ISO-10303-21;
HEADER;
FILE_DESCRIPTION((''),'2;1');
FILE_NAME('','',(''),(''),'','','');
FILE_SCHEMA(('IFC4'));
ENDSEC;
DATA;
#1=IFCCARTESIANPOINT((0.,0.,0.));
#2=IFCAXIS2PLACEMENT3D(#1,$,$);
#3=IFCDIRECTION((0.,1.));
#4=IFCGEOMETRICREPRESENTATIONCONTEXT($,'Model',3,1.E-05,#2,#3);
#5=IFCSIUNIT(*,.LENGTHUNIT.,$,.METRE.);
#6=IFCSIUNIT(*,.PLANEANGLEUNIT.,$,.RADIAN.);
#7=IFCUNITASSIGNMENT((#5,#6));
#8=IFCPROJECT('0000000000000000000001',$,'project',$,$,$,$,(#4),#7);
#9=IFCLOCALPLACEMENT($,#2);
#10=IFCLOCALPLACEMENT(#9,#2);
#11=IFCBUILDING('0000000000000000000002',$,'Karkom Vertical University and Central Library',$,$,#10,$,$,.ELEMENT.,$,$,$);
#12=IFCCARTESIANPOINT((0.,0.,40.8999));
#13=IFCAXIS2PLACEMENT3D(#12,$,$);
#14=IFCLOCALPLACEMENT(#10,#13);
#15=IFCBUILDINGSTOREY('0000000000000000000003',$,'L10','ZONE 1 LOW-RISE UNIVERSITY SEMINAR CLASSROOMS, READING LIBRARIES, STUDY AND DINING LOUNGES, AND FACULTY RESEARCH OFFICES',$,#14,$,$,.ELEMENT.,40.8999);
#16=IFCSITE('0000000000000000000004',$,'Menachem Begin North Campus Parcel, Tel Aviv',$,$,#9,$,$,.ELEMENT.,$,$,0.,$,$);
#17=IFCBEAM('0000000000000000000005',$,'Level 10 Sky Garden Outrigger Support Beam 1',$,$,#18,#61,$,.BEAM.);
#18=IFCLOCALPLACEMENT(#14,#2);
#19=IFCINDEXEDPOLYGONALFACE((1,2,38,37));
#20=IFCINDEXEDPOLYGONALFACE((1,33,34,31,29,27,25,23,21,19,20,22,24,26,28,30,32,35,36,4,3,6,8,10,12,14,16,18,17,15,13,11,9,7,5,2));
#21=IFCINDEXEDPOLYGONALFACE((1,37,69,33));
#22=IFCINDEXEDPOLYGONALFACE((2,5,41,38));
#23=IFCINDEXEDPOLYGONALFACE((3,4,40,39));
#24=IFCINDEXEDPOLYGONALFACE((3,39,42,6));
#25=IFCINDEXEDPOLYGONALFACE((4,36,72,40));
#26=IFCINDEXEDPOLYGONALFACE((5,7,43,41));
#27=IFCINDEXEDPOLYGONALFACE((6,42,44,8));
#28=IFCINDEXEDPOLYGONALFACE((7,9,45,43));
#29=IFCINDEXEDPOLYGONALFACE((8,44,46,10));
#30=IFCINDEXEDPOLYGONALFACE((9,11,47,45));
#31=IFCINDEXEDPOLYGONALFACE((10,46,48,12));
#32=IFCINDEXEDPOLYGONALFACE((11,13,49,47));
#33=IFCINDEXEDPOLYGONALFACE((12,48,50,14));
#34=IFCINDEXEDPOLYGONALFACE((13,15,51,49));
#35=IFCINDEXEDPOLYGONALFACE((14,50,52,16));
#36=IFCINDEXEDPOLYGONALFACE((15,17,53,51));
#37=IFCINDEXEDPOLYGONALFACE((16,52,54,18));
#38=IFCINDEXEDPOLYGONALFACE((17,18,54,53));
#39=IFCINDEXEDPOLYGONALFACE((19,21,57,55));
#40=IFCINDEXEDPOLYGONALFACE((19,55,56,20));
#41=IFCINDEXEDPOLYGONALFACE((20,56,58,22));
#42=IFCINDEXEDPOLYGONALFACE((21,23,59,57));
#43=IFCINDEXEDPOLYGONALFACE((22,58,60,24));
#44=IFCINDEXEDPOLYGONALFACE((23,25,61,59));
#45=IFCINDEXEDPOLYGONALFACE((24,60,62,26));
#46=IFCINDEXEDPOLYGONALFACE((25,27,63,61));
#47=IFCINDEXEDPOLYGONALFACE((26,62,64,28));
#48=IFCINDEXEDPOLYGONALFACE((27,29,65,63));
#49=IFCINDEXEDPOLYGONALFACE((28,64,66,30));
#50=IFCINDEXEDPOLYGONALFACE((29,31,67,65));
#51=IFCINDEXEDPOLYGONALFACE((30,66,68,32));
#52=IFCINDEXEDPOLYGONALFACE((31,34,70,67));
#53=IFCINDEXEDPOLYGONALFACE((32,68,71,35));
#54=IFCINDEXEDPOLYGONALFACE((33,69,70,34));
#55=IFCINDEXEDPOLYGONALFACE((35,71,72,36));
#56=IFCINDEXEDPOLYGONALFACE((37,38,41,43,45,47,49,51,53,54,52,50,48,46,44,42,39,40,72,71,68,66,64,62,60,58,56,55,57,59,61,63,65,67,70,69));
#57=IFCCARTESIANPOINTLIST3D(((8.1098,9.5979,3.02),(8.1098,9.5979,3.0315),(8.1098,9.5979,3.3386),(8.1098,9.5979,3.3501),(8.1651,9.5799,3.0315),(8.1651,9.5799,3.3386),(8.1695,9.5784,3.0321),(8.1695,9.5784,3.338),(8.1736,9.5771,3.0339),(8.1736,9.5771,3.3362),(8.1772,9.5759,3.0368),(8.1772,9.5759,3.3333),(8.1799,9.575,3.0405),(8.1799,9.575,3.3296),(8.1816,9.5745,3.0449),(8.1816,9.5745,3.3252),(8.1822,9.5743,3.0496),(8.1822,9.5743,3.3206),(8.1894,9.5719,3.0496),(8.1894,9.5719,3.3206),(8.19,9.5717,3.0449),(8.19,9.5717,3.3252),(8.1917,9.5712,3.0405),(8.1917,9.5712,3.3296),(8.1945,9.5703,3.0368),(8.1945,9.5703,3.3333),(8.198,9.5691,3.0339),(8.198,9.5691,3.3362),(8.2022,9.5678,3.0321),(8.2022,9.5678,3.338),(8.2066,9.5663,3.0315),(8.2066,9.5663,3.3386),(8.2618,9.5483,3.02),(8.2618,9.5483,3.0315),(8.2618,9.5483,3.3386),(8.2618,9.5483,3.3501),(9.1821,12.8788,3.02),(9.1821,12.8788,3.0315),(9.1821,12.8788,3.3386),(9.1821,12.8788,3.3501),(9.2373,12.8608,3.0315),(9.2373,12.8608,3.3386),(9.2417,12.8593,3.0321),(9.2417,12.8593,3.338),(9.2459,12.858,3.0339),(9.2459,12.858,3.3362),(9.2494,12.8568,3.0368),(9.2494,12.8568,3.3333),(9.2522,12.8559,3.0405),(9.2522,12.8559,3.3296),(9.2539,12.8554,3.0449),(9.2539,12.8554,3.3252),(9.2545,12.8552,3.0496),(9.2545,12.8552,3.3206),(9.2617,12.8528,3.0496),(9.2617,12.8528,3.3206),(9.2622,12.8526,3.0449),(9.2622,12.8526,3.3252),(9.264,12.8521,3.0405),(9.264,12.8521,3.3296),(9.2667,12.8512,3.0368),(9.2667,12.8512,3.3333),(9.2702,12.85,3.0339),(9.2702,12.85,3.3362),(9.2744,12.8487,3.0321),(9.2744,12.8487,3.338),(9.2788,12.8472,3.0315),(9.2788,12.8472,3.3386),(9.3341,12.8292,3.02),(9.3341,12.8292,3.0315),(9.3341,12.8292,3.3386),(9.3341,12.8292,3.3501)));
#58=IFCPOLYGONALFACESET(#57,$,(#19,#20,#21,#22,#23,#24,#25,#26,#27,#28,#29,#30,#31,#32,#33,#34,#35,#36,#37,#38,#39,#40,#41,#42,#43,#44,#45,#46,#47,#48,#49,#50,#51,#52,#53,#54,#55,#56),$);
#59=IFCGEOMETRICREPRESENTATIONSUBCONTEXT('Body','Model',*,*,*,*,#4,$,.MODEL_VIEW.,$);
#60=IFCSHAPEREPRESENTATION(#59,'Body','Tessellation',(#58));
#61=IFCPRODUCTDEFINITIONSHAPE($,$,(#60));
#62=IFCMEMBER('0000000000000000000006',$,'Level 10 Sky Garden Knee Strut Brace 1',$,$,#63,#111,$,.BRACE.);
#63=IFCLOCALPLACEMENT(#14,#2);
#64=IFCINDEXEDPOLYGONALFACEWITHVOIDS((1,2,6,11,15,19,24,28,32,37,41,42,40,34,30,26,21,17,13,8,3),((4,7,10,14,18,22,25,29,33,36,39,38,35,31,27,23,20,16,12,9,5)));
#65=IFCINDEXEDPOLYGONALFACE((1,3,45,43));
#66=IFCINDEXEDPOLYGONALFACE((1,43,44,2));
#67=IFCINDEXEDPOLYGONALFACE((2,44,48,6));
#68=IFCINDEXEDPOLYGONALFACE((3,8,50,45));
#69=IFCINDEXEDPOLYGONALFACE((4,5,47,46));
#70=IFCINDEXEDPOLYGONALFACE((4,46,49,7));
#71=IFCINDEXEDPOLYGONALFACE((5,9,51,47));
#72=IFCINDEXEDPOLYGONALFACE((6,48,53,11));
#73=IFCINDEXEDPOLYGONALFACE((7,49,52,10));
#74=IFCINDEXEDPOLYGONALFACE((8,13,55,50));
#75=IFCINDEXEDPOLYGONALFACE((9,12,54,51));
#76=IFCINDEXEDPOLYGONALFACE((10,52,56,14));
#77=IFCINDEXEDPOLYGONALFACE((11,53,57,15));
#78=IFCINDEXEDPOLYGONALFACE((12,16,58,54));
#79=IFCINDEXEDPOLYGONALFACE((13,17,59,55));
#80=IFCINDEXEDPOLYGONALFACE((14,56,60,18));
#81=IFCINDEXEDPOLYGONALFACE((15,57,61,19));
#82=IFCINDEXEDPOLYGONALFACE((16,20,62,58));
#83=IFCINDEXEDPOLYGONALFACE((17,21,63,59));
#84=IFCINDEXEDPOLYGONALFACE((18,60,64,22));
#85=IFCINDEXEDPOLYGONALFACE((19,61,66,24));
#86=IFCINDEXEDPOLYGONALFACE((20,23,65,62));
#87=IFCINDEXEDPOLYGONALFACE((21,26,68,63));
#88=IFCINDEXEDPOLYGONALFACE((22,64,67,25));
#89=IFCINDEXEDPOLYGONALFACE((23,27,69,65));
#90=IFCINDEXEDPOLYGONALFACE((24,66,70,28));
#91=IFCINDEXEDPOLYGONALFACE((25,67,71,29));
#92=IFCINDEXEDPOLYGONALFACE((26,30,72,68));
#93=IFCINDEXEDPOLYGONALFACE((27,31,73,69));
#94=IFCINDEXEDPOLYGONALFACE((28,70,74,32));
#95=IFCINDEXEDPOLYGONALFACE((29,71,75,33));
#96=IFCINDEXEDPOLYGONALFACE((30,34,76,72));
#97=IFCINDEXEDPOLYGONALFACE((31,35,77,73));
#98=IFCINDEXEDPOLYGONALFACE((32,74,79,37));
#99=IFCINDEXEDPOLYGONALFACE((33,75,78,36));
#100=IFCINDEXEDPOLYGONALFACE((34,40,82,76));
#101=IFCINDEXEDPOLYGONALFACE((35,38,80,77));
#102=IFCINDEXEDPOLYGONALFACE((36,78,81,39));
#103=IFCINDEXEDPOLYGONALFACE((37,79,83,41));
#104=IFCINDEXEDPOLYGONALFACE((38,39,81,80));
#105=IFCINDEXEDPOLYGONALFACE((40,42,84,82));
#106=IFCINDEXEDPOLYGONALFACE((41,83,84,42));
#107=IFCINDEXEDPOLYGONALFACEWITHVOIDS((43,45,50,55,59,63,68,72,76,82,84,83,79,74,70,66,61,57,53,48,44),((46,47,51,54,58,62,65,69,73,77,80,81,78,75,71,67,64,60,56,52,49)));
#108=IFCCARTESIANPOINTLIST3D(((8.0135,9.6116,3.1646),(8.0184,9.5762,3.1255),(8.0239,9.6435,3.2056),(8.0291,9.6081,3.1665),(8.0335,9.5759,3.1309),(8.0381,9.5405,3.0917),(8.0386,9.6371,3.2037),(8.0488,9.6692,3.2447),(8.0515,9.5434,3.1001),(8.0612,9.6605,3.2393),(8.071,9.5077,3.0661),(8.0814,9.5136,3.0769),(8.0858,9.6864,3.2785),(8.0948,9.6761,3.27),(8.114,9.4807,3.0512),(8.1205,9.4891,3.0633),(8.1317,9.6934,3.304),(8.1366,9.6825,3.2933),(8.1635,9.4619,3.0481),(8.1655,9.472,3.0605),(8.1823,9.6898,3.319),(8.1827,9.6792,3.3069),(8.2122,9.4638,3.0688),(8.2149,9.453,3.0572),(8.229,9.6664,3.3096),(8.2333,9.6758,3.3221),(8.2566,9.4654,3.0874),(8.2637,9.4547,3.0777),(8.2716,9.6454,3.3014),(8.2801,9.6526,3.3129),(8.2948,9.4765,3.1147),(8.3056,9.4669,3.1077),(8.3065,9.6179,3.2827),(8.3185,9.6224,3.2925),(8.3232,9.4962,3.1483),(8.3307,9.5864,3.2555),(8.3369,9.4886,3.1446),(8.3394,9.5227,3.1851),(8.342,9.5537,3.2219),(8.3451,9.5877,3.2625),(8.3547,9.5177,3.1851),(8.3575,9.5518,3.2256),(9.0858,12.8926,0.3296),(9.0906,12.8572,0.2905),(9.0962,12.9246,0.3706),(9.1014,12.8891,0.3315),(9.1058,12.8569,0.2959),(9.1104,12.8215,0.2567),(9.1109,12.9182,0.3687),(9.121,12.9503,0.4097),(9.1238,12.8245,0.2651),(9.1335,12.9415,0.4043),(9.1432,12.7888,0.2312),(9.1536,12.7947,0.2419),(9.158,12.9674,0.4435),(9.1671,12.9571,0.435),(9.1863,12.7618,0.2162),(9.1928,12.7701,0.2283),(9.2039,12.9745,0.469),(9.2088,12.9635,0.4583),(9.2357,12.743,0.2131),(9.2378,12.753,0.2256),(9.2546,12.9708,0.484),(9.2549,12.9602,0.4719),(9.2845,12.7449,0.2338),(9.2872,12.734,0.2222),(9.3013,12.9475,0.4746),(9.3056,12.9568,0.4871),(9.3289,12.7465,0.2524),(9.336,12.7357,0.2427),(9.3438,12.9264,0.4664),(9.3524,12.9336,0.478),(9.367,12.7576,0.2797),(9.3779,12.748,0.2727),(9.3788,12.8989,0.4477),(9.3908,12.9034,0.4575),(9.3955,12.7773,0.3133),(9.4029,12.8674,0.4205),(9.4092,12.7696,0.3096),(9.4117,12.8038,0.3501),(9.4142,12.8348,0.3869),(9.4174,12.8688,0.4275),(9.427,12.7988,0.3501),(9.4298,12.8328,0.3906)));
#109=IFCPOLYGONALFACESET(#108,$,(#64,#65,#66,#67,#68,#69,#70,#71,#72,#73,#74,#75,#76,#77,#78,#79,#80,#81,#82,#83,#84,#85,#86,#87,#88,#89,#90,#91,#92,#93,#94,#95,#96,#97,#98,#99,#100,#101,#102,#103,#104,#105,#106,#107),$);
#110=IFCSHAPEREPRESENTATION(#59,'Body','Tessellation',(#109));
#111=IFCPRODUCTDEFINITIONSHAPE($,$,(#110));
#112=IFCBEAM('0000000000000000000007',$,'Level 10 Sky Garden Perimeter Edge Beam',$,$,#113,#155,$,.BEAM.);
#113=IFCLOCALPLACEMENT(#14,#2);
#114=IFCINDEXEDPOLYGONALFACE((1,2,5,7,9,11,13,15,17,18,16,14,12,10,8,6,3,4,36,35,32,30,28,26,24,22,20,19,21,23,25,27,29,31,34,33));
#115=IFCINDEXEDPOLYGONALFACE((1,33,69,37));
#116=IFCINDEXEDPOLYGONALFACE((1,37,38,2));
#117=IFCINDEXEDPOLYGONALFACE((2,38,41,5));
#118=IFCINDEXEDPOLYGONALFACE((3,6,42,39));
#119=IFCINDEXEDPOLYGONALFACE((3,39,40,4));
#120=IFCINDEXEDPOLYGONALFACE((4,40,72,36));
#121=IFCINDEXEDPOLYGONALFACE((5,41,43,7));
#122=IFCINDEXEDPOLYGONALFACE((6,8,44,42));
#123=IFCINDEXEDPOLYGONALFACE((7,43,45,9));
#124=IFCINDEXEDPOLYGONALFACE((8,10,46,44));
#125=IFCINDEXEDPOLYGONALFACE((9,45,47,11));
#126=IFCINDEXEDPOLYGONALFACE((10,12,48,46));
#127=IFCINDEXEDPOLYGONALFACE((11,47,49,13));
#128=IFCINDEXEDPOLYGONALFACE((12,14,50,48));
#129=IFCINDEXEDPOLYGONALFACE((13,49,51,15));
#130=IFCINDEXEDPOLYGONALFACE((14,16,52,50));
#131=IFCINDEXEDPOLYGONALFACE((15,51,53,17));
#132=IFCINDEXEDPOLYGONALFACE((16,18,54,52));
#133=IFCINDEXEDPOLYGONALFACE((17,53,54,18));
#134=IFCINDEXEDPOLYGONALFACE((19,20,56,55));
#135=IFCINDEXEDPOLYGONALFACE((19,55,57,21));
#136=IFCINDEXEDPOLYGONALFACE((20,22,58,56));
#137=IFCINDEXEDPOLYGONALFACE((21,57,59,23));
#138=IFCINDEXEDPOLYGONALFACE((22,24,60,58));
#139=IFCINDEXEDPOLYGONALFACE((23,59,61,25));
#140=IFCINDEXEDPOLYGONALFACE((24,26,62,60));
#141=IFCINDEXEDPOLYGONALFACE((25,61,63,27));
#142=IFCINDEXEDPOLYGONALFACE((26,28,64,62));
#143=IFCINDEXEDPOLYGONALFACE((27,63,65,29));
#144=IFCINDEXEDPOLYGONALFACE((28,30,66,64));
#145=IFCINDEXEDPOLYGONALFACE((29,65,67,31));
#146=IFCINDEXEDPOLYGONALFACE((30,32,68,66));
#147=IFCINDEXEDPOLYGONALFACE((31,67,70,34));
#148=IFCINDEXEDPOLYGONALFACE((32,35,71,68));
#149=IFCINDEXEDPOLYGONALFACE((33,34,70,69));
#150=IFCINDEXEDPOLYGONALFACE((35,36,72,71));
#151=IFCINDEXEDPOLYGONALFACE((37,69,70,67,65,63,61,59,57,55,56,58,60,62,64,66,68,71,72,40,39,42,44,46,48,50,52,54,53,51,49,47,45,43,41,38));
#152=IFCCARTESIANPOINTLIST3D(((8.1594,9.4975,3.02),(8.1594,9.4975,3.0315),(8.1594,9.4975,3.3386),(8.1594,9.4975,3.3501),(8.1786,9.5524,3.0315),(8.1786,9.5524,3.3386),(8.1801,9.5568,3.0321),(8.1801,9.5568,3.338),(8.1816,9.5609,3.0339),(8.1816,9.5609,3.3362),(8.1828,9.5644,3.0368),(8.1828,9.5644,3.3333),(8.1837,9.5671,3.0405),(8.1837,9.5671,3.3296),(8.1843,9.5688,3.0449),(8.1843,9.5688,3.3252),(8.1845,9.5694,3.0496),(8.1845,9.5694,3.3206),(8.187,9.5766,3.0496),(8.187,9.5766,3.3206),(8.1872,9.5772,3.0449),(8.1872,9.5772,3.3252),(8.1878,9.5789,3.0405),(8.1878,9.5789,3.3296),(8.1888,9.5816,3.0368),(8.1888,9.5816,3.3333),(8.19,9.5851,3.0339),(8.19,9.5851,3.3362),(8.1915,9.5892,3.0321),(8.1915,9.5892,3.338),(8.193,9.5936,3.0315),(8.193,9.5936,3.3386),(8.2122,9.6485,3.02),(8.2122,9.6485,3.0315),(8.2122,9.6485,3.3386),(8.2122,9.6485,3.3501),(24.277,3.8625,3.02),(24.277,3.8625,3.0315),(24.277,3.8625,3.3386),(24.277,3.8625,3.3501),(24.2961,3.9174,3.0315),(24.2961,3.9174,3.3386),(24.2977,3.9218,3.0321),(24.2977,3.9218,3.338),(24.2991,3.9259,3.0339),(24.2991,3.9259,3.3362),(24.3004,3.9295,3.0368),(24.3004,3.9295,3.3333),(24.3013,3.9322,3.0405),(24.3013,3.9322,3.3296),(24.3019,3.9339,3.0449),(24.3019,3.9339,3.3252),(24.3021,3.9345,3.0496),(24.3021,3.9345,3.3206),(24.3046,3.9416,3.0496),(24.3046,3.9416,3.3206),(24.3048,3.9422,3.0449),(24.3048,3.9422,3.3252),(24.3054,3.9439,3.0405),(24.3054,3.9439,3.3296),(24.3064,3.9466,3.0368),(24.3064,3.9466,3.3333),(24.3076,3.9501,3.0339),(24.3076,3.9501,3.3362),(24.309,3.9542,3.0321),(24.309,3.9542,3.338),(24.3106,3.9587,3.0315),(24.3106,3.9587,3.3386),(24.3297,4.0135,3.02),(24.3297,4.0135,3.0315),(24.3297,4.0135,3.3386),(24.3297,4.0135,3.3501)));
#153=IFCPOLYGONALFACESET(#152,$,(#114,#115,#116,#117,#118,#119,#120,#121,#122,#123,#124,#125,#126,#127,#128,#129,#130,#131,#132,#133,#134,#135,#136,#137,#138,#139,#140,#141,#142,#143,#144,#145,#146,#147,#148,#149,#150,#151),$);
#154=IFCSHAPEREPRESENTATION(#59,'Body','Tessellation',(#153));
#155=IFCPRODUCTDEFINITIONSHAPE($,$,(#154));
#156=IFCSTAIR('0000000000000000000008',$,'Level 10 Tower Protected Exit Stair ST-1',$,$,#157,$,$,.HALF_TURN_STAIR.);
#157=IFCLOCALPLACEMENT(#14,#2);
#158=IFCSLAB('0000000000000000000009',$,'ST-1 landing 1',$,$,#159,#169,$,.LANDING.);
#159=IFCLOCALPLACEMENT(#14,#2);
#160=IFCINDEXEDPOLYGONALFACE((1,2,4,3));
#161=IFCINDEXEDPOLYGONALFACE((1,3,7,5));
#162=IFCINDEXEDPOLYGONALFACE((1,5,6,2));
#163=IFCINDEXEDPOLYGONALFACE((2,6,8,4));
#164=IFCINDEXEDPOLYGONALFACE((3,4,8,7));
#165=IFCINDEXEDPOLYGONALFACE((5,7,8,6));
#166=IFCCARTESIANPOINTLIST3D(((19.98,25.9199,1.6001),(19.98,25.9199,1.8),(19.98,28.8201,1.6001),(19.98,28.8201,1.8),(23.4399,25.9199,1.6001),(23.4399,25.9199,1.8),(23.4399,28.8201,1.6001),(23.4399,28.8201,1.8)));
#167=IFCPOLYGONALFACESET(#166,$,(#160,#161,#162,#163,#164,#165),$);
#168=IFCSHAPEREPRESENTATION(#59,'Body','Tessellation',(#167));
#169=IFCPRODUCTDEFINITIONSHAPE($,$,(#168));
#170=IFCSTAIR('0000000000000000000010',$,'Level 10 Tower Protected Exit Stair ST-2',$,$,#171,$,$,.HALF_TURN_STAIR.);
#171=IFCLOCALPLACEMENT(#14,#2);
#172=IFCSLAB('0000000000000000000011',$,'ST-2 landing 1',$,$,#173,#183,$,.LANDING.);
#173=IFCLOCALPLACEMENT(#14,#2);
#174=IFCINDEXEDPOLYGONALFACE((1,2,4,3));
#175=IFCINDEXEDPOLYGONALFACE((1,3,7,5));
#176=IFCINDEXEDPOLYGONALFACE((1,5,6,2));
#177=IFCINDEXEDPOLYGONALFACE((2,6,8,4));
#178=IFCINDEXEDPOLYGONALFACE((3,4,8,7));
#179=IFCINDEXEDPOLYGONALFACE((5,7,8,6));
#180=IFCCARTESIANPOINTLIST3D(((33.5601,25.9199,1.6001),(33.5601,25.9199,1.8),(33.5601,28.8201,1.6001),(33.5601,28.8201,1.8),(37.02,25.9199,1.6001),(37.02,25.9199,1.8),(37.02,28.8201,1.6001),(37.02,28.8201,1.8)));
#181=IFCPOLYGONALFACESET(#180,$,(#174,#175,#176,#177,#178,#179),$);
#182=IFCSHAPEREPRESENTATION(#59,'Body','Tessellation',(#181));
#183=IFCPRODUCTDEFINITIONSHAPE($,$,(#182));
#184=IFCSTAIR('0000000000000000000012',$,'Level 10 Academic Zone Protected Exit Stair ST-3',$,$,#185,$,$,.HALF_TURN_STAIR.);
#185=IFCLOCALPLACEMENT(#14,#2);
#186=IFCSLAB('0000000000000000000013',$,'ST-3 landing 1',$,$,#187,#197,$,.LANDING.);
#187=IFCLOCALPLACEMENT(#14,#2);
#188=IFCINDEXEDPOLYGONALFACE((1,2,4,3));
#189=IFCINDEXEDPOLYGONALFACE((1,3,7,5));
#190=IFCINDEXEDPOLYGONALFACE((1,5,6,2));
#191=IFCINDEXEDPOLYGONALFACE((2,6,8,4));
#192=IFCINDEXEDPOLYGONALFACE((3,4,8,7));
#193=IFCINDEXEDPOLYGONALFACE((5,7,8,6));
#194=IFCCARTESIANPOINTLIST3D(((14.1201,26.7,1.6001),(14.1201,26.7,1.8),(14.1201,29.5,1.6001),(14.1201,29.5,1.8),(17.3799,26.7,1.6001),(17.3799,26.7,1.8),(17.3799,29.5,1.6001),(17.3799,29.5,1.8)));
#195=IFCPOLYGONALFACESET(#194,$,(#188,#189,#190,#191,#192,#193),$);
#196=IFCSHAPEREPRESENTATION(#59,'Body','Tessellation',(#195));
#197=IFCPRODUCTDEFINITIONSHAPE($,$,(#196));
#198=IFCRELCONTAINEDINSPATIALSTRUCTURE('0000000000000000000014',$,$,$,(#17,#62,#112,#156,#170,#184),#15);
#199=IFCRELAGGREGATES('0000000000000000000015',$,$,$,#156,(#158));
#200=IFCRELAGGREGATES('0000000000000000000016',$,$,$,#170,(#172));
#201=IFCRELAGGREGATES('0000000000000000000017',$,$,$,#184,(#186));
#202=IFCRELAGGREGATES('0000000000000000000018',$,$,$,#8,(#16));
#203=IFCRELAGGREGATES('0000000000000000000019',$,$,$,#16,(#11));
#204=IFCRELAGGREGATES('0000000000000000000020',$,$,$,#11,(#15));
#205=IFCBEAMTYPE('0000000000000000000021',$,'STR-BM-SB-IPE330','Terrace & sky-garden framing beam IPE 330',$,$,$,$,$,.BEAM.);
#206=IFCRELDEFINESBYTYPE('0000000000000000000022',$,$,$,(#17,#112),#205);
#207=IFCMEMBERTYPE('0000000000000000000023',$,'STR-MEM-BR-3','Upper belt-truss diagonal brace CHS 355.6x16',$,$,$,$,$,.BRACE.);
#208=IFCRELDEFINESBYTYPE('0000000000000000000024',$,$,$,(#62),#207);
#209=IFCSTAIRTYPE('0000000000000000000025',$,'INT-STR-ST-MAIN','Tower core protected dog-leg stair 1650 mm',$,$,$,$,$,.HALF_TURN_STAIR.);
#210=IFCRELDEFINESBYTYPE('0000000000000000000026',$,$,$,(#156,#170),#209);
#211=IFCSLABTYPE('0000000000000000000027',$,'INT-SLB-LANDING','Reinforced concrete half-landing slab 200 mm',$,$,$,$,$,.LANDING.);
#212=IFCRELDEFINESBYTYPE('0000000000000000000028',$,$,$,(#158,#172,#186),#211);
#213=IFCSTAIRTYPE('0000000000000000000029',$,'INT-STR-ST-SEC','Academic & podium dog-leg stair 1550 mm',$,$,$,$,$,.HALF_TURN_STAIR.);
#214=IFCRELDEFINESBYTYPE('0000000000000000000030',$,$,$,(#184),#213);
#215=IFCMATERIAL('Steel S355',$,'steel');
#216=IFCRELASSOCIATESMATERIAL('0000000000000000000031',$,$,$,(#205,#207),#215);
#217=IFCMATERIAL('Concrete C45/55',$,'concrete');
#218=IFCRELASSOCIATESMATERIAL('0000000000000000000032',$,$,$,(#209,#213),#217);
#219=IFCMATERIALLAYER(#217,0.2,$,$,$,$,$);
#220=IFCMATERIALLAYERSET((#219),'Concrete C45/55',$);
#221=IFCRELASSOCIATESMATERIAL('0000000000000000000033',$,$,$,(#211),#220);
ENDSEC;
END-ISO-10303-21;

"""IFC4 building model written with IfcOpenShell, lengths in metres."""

from ifc_helpers import new_model, si_unit, direction, frame, origin, origin_with_axes, origin_2d, place, context, subcontext, project, spatial, polyline, hollow_circle, i_section, outline, extrude, source, transform, mapped, material, layer, layer_set, material_profile, profile_set, type_object, element, aggregate, save


model = new_model("IFC4")

# Units and contexts
model_context = context("Model", 3, precision=1e-05, world=origin(), true_north=direction((0.0, 1.0)))
body_context = subcontext(model_context, "Body", "Model", "MODEL_VIEW")
ifc_project = project(units=[si_unit("LENGTHUNIT", "METRE"), si_unit("PLANEANGLEUNIT", "RADIAN")], contexts=[model_context])

# Site, building, storey
site_placement = place(None, origin())
site = spatial("IfcSite", under=ifc_project, at=site_placement, Name="Menachem Begin North Campus Parcel, Tel Aviv", CompositionType="ELEMENT", RefElevation=0.0)
building_placement = place(site_placement, origin())
building = spatial("IfcBuilding", under=site, at=building_placement, Name="Karkom Vertical University and Central Library", CompositionType="ELEMENT")
storey_placement = place(building_placement, frame((0.0, 0.0, 40.8999)))
storey = spatial("IfcBuildingStorey", under=building, at=storey_placement, Name="L10", Description="ZONE 1 LOW-RISE UNIVERSITY SEMINAR CLASSROOMS, READING LIBRARIES, STUDY AND DINING LOUNGES, AND FACULTY RESEARCH OFFICES", CompositionType="ELEMENT", Elevation=40.8999)

# Beam
ifc_material_1 = material(Name="Steel S355", Category="steel")
ifc_material_profile_1 = material_profile(ifc_material_1, i_section(OverallWidth=0.1599, OverallDepth=0.3301, WebThickness=0.0076, FlangeThickness=0.0115, FilletRadius=0.0181, at=origin_2d()), Name="IPE 330")
ifc_profile_set_1 = profile_set([ifc_material_profile_1], Name="Steel S355")
beam_type_1 = type_object("IfcBeamType", Name="STR-BM-SB-IPE330", Description="Terrace & sky-garden framing beam IPE 330", PredefinedType="BEAM", material=ifc_profile_set_1)
shared_shape_1 = source(origin_with_axes(), body_context, "Body", "SweptSolid", [
    extrude(i_section(OverallWidth=0.1599, OverallDepth=0.3301, WebThickness=0.0076, FlangeThickness=0.0115, FilletRadius=0.0181, at=origin_2d()), origin(), (0.0, 0.0, 1.0), 3.4517),
])
beam_1_placement = place(storey_placement, frame((9.2581, 12.854, 3.1851), z_axis=(-0.310642, -0.950527, 0.0), x_axis=(0.950527, -0.310642, 0.0)))
element("IfcBeam", 1, at=beam_1_placement, inside=storey, type_object=beam_type_1, Name="Level 10 Sky Garden Outrigger Support Beam 1", PredefinedType="BEAM", context=body_context, shape_type="MappedRepresentation", body=[
    mapped(shared_shape_1, transform((0.0, 0.0, 0.0), scale=1.0)),
])

# Member
ifc_material_profile_2 = material_profile(ifc_material_1, hollow_circle(Radius=0.1777, WallThickness=0.0161, at=origin_2d()), Name="CHS 355.6x16")
ifc_profile_set_2 = profile_set([ifc_material_profile_2], Name="Steel S355")
member_type = type_object("IfcMemberType", Name="STR-MEM-BR-3", Description="Upper belt-truss diagonal brace CHS 355.6x16", PredefinedType="BRACE", material=ifc_profile_set_2)
shared_shape_2 = source(origin_with_axes(), body_context, "Body", "SweptSolid", [
    extrude(hollow_circle(Radius=0.1777, WallThickness=0.0161, at=origin_2d()), origin(), (0.0, 0.0, 1.0), 4.4668),
])
member_placement = place(storey_placement, frame((9.2581, 12.854, 0.3501), z_axis=(-0.240056, -0.734542, 0.634682), x_axis=(0.950527, -0.310642, 0.0)))
element("IfcMember", 2, at=member_placement, inside=storey, type_object=member_type, Name="Level 10 Sky Garden Knee Strut Brace 1", PredefinedType="BRACE", context=body_context, shape_type="MappedRepresentation", body=[
    mapped(shared_shape_2, transform((0.0, 0.0, 0.0), scale=1.0)),
])

# Beam
shared_shape_3 = source(origin_with_axes(), body_context, "Body", "SweptSolid", [
    extrude(i_section(OverallWidth=0.1599, OverallDepth=0.3301, WebThickness=0.0076, FlangeThickness=0.0115, FilletRadius=0.0181, at=origin_2d()), origin(), (0.0, 0.0, 1.0), 17.0742),
])
beam_2_placement = place(storey_placement, frame((8.1858, 9.573, 3.1851), z_axis=(0.943971, -0.330028, 0.0), x_axis=(0.330028, 0.943971, 0.0)))
element("IfcBeam", 3, at=beam_2_placement, inside=storey, type_object=beam_type_1, Name="Level 10 Sky Garden Perimeter Edge Beam", PredefinedType="BEAM", context=body_context, shape_type="MappedRepresentation", body=[
    mapped(shared_shape_3, transform((0.0, 0.0, 0.0), scale=1.0)),
])

# Stairs, slabs
ifc_material_2 = material(Name="Concrete C45/55", Category="concrete")
stair_type_1 = type_object("IfcStairType", Name="INT-STR-ST-MAIN", Description="Tower core protected dog-leg stair 1650 mm", PredefinedType="HALF_TURN_STAIR", material=ifc_material_2)
stair_1_placement = place(storey_placement, origin())
stair_1 = element("IfcStair", 4, at=stair_1_placement, inside=storey, type_object=stair_type_1, Name="Level 10 Tower Protected Exit Stair ST-1", PredefinedType="HALF_TURN_STAIR")
ifc_layer_1 = layer(ifc_material_2, 0.2)
ifc_layer_set_1 = layer_set([ifc_layer_1], Name="Concrete C45/55")
slab_type_1 = type_object("IfcSlabType", Name="INT-SLB-LANDING", Description="Reinforced concrete half-landing slab 200 mm", PredefinedType="LANDING", material=ifc_layer_set_1)
slab_1_placement = place(storey_placement, frame((0.0, 0.0, 1.6001)))
slab_1 = element("IfcSlab", 5, at=slab_1_placement, type_object=slab_type_1, Name="ST-1 landing 1", PredefinedType="LANDING", context=body_context, shape_type="SweptSolid", body=[
    extrude(outline(polyline([(23.4399, 25.9199), (23.4399, 28.8201), (19.98, 28.8201), (19.98, 25.9199), (23.4399, 25.9199)])), origin(), (0.0, 0.0, 1.0), 0.2),
])
aggregate(stair_1, [slab_1])
stair_2_placement = place(storey_placement, origin())
stair_2 = element("IfcStair", 6, at=stair_2_placement, inside=storey, type_object=stair_type_1, Name="Level 10 Tower Protected Exit Stair ST-2", PredefinedType="HALF_TURN_STAIR")
slab_2_placement = place(storey_placement, frame((0.0, 0.0, 1.6001)))
slab_2 = element("IfcSlab", 7, at=slab_2_placement, type_object=slab_type_1, Name="ST-2 landing 1", PredefinedType="LANDING", context=body_context, shape_type="SweptSolid", body=[
    extrude(outline(polyline([(37.02, 25.9199), (37.02, 28.8201), (33.5601, 28.8201), (33.5601, 25.9199), (37.02, 25.9199)])), origin(), (0.0, 0.0, 1.0), 0.2),
])
aggregate(stair_2, [slab_2])
stair_type_2 = type_object("IfcStairType", Name="INT-STR-ST-SEC", Description="Academic & podium dog-leg stair 1550 mm", PredefinedType="HALF_TURN_STAIR", material=ifc_material_2)
stair_3_placement = place(storey_placement, origin())
stair_3 = element("IfcStair", 8, at=stair_3_placement, inside=storey, type_object=stair_type_2, Name="Level 10 Academic Zone Protected Exit Stair ST-3", PredefinedType="HALF_TURN_STAIR")
slab_3_placement = place(storey_placement, frame((0.0, 0.0, 1.6001)))
slab_3 = element("IfcSlab", 9, at=slab_3_placement, type_object=slab_type_1, Name="ST-3 landing 1", PredefinedType="LANDING", context=body_context, shape_type="SweptSolid", body=[
    extrude(outline(polyline([(17.3799, 26.7), (17.3799, 29.5), (14.1201, 29.5), (14.1201, 26.7), (17.3799, 26.7)])), origin(), (0.0, 0.0, 1.0), 0.2),
])
aggregate(stair_3, [slab_3])

save(model, "model.ifc")
